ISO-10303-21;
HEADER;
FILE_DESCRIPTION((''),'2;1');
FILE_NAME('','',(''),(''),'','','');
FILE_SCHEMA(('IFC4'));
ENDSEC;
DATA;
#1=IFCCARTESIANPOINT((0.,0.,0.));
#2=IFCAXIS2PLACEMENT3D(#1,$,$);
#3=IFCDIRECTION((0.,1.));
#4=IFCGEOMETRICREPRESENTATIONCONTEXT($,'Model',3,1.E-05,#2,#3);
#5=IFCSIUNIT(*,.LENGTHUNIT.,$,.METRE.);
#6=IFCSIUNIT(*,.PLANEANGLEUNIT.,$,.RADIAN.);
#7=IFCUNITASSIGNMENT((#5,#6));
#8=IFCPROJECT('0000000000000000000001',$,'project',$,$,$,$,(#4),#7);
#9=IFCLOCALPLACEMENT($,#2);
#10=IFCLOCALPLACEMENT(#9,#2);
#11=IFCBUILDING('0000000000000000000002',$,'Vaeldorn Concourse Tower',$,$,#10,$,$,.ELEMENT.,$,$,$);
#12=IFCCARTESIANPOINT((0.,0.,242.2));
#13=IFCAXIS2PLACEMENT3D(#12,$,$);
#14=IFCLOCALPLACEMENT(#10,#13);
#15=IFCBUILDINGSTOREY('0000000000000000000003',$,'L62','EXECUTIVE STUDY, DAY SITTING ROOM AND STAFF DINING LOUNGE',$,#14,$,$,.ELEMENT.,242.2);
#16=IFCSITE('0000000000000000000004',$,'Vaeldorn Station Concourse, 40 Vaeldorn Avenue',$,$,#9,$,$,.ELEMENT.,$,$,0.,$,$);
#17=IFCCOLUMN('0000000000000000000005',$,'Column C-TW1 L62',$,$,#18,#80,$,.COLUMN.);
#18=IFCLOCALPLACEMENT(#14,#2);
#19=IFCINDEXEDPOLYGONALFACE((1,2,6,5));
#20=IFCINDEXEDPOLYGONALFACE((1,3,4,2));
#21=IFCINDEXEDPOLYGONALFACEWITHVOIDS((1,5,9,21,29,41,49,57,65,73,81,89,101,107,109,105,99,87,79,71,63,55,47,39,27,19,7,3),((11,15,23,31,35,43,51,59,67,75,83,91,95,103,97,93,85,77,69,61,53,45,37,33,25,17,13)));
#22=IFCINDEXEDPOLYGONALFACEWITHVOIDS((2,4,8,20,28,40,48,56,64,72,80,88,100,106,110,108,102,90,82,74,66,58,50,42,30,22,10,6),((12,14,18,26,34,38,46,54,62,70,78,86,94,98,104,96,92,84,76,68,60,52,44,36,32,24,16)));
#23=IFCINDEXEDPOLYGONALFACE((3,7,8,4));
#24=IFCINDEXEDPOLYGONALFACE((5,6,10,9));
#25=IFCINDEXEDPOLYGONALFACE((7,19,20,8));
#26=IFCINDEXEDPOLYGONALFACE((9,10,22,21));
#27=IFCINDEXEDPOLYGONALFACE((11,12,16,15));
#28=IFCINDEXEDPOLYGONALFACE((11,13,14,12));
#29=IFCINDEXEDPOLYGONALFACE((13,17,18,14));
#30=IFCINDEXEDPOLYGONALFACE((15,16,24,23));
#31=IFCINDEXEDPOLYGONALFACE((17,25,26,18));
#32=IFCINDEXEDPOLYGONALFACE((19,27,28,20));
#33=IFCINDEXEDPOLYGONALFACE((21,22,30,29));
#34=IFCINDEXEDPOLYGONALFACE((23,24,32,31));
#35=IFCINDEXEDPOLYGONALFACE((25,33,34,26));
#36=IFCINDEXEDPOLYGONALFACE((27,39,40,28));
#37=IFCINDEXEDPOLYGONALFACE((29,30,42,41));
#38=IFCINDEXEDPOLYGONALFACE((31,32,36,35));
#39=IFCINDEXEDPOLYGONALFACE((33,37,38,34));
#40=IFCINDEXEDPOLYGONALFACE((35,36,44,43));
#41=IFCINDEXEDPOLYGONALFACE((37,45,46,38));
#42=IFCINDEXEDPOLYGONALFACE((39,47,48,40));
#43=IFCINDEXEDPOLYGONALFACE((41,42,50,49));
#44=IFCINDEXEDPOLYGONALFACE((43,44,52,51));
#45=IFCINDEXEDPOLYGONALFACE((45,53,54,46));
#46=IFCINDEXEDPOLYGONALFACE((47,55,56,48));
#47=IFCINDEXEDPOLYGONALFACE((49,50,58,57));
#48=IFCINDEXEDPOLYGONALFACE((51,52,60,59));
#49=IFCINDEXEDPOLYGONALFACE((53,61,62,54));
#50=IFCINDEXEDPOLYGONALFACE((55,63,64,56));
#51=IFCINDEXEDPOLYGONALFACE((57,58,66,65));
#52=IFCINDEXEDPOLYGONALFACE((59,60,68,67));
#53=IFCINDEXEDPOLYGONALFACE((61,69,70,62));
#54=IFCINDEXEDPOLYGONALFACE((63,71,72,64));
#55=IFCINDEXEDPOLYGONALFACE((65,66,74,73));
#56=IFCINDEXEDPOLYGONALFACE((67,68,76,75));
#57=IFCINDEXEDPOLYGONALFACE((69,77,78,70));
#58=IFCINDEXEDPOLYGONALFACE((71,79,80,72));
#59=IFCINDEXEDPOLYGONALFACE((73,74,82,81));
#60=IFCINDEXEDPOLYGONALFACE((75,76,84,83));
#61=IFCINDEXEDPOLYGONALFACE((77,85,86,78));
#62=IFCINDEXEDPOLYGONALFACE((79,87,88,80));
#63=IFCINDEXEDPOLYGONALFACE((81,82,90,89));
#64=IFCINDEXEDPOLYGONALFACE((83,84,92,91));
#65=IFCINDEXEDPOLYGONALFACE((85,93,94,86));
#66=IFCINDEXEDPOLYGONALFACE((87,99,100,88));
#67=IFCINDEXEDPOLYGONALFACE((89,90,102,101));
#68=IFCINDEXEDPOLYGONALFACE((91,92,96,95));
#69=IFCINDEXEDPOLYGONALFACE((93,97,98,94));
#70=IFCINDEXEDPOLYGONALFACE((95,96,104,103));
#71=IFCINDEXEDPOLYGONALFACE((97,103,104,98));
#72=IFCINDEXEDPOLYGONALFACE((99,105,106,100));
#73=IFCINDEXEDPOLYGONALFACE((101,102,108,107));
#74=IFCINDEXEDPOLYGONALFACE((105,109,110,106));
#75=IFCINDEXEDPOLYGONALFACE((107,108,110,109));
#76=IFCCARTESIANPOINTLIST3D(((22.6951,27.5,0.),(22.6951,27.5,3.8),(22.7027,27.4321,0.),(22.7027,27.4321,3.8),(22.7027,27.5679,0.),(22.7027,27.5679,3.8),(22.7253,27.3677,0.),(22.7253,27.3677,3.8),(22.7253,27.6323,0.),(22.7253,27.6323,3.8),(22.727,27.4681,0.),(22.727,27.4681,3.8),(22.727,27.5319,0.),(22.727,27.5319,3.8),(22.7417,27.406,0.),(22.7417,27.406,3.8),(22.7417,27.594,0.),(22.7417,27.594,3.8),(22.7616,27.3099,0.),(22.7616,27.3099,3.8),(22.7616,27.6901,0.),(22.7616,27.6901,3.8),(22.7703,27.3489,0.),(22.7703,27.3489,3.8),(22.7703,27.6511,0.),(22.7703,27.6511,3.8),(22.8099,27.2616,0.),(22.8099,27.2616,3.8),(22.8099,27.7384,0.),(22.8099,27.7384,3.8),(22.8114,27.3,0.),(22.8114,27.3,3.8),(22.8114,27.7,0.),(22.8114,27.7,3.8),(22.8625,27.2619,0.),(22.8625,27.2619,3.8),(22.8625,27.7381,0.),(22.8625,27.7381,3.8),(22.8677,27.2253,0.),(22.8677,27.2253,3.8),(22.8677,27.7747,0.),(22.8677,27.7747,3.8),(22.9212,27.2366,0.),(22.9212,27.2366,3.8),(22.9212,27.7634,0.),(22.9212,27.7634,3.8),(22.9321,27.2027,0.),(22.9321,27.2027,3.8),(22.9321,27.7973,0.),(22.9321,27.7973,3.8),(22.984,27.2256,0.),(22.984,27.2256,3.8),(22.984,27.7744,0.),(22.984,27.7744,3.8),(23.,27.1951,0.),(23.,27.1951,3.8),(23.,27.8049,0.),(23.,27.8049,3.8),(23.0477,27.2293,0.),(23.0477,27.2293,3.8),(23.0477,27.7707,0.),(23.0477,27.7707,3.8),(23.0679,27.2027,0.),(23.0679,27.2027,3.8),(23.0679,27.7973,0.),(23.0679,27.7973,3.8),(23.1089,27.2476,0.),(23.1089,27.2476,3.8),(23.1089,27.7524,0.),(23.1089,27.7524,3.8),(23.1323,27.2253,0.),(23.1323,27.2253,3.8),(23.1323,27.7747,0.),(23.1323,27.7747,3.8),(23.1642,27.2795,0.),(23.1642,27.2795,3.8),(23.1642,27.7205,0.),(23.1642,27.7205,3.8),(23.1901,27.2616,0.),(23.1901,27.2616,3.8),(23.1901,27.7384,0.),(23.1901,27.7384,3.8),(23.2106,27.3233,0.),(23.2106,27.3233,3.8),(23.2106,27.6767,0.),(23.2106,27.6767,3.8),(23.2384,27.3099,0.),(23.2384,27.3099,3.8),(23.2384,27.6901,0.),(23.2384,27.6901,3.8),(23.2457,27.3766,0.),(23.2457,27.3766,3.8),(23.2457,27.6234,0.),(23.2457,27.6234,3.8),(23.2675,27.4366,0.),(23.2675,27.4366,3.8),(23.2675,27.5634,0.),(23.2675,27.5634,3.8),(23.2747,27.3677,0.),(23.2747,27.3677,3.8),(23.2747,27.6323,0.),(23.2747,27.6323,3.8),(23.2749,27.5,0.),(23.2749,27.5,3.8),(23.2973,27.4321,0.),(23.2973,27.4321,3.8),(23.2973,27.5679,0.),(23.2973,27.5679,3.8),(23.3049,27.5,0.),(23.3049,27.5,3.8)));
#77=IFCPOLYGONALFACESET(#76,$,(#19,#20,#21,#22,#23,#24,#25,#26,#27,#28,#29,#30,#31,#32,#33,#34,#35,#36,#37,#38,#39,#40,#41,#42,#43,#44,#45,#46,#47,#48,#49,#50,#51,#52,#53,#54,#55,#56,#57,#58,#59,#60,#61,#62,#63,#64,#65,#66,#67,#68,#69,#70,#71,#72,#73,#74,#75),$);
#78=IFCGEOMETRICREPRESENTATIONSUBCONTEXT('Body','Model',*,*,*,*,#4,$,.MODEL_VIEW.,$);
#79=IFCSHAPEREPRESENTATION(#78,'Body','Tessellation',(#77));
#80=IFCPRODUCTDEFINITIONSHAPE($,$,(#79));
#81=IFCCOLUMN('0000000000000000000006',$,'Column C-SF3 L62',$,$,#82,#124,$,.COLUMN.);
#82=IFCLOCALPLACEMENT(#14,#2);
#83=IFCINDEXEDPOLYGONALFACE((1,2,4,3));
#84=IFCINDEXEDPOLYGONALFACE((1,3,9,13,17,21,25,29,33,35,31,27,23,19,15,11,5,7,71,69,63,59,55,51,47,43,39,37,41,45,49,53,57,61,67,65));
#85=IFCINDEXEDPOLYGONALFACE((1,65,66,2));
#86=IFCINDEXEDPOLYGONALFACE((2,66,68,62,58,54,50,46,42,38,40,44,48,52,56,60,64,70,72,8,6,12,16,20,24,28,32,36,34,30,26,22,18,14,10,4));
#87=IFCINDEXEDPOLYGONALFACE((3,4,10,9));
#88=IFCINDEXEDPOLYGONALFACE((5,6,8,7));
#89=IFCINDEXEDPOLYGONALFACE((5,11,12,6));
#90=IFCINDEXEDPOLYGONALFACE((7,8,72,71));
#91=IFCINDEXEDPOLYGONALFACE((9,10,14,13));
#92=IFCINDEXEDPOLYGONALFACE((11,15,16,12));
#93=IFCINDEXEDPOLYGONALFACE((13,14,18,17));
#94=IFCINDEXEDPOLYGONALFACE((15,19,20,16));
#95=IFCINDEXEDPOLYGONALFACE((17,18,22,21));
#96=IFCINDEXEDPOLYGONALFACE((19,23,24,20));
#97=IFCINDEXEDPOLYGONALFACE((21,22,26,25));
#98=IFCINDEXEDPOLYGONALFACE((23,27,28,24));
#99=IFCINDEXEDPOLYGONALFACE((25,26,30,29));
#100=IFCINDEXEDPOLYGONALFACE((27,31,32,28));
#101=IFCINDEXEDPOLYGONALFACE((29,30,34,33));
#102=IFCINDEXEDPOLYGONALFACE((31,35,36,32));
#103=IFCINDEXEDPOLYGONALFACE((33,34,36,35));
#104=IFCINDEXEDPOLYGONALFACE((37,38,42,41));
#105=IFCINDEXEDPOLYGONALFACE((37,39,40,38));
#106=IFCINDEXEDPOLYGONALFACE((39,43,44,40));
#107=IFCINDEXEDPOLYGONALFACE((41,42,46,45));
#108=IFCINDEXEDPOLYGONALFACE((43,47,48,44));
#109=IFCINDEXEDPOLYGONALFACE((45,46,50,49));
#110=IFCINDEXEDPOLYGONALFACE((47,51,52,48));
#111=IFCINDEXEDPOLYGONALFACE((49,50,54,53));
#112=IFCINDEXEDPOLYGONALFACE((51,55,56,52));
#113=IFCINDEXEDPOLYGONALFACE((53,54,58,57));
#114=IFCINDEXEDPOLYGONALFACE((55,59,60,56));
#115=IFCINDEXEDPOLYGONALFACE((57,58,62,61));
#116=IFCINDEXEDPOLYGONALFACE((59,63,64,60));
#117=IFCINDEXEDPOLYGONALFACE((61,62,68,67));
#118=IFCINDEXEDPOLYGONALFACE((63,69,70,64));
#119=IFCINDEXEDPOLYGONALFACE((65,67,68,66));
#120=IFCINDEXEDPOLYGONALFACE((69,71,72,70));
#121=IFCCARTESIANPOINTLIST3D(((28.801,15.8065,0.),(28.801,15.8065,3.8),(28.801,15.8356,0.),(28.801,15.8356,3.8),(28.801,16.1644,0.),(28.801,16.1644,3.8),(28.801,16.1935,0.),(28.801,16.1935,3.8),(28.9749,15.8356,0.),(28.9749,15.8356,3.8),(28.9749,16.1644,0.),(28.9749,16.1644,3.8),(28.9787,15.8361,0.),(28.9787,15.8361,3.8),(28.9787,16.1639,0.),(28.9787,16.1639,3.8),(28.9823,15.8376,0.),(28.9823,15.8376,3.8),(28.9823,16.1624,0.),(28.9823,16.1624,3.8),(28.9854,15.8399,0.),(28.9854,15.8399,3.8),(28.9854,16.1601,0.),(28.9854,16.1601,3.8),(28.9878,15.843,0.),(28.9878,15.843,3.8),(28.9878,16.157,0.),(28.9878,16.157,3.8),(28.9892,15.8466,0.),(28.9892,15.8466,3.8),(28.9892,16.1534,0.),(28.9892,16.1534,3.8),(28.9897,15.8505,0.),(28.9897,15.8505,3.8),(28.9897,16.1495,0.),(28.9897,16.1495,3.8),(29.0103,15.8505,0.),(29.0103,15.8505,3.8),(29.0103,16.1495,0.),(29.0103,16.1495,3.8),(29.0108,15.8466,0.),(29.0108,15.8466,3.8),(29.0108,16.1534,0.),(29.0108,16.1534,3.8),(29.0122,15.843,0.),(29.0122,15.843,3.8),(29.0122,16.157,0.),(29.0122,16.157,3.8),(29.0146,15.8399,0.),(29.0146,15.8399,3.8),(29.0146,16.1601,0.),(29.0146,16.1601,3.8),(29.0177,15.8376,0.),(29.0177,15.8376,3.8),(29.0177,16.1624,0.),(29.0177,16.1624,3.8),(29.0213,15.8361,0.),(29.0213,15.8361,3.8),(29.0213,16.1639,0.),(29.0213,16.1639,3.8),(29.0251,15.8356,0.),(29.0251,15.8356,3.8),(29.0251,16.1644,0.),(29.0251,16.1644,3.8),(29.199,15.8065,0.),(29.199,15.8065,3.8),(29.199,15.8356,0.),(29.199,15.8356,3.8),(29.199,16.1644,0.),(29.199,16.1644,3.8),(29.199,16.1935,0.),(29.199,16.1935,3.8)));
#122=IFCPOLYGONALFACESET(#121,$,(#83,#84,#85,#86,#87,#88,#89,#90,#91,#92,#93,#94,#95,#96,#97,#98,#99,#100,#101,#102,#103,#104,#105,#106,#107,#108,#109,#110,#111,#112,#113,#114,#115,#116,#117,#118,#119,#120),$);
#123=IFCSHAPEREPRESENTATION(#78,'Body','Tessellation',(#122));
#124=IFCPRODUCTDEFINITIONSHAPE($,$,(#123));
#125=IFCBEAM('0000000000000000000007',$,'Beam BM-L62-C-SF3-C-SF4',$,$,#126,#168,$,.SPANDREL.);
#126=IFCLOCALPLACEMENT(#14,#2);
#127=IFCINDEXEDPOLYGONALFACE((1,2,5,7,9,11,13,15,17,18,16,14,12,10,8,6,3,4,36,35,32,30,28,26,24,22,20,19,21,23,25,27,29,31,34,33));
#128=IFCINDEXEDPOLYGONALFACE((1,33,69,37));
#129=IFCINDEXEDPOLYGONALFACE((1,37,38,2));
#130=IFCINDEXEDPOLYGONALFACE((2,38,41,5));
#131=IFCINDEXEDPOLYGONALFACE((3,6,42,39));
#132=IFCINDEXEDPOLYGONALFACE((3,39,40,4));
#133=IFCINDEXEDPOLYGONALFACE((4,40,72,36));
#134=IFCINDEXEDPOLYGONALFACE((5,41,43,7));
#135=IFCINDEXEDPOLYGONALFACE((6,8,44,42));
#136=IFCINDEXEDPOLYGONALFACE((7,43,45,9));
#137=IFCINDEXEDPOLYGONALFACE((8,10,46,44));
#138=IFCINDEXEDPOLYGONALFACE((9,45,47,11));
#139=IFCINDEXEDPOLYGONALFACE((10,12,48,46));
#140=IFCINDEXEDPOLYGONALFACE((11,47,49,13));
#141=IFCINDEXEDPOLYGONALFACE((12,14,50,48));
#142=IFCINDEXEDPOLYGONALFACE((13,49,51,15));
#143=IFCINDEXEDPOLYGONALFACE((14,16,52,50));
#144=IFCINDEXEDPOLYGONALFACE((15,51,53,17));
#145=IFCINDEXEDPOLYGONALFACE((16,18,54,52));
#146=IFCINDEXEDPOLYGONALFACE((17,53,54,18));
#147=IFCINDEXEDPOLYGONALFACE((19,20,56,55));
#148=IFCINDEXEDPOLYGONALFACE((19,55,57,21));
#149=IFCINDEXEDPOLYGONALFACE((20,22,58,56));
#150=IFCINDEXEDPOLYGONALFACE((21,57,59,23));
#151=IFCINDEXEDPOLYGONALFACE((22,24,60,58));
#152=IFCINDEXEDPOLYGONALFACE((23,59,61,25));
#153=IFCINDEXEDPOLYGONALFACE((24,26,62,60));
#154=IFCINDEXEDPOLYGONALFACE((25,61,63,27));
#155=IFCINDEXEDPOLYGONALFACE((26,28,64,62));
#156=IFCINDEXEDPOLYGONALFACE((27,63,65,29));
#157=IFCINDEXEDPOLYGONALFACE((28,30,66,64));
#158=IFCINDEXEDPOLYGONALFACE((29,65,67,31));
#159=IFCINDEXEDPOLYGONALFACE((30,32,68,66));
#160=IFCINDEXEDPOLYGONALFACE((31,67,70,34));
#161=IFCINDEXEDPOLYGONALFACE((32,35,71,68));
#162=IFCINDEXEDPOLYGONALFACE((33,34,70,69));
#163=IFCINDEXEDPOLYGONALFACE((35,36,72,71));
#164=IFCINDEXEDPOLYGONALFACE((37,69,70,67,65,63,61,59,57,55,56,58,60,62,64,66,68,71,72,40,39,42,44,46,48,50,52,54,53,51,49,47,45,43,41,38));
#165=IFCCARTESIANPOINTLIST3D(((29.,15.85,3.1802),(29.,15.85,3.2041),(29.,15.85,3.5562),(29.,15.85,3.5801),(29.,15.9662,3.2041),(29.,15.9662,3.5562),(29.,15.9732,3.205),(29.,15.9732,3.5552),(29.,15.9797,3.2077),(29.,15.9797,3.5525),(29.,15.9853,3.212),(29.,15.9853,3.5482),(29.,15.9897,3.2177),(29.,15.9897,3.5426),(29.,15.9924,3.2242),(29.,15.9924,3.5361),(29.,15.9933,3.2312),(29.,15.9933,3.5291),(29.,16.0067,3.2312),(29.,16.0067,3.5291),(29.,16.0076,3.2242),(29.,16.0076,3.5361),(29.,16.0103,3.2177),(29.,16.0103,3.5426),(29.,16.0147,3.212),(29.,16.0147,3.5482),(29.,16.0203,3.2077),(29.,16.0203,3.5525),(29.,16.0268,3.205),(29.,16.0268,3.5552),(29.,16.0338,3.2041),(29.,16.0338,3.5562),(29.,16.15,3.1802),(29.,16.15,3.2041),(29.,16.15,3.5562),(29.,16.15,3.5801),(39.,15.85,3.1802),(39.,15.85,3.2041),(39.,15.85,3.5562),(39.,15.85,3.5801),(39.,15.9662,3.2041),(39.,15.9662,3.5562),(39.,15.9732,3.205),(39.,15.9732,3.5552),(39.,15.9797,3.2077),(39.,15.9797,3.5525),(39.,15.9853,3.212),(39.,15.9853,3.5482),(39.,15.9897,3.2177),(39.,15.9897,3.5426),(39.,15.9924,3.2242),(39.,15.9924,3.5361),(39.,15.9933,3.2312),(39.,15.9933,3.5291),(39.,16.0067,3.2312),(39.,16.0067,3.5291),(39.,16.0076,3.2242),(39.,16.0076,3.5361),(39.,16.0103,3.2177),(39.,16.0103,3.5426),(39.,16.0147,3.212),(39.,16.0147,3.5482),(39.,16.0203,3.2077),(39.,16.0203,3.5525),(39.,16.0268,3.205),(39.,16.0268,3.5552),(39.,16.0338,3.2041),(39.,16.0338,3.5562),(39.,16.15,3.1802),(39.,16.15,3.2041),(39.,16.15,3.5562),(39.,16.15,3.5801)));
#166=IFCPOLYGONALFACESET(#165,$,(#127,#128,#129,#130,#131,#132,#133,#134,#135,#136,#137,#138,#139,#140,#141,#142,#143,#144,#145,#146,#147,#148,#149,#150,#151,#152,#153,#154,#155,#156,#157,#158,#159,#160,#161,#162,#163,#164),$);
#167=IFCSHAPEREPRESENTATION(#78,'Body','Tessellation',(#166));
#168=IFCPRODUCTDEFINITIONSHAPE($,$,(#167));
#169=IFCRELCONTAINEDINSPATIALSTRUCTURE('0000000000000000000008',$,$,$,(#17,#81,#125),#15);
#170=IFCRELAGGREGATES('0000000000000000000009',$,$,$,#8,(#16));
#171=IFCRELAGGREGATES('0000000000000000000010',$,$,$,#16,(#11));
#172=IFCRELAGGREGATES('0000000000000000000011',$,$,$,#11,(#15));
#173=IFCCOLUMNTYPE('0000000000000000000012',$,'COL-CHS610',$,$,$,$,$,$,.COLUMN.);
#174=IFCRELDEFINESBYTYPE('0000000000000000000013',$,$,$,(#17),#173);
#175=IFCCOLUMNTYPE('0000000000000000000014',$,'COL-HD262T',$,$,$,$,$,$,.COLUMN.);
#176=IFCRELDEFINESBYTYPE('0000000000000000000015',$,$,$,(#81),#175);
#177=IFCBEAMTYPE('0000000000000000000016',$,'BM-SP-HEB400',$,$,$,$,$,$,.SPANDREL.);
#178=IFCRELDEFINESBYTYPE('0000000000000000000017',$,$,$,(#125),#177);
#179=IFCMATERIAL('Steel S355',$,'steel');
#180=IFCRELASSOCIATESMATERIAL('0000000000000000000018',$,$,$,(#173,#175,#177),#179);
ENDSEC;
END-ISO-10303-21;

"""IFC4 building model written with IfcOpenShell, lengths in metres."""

from ifc_helpers import new_model, si_unit, direction, frame, origin, origin_2d, place, context, subcontext, project, spatial, hollow_circle, i_section, extrude, source, transform, mapped, material, material_profile, profile_set, type_object, element, save


model = new_model("IFC4")

# Units and contexts
model_context = context("Model", 3, precision=1e-05, world=origin(), true_north=direction((0.0, 1.0)))
body_context = subcontext(model_context, "Body", "Model", "MODEL_VIEW")
ifc_project = project(units=[si_unit("LENGTHUNIT", "METRE"), si_unit("PLANEANGLEUNIT", "RADIAN")], contexts=[model_context])

# Site, building, storey
site_placement = place(None, origin())
site = spatial("IfcSite", under=ifc_project, at=site_placement, Name="Vaeldorn Station Concourse, 40 Vaeldorn Avenue", CompositionType="ELEMENT", RefElevation=0.0)
building_placement = place(site_placement, origin())
building = spatial("IfcBuilding", under=site, at=building_placement, Name="Vaeldorn Concourse Tower", CompositionType="ELEMENT")
storey_placement = place(building_placement, frame((0.0, 0.0, 242.2)))
storey = spatial("IfcBuildingStorey", under=building, at=storey_placement, Name="L62", Description="EXECUTIVE STUDY, DAY SITTING ROOM AND STAFF DINING LOUNGE", CompositionType="ELEMENT", Elevation=242.2)

# Columns
ifc_material_1 = material(Name="Steel S355", Category="steel")
ifc_material_profile_1 = material_profile(ifc_material_1, hollow_circle(Radius=0.3049, WallThickness=0.03, at=origin_2d()), Name="CHS 610x30")
ifc_profile_set_1 = profile_set([ifc_material_profile_1], Name="Steel S355")
column_type_1 = type_object("IfcColumnType", Name="COL-CHS610", PredefinedType="COLUMN", material=ifc_profile_set_1)
shared_shape_1 = source(origin(), body_context, "Body", "SweptSolid", [
    extrude(hollow_circle(Radius=0.3049, WallThickness=0.03, at=origin_2d()), origin(), (0.0, 0.0, 1.0), 3.8),
])
column_1_placement = place(storey_placement, frame((23.0, 27.5, 0.0), z_axis=(0.0, 0.0, 1.0), x_axis=(1.0, 0.0, 0.0)))
element("IfcColumn", 1, at=column_1_placement, inside=storey, type_object=column_type_1, Name="Column C-TW1 L62", PredefinedType="COLUMN", context=body_context, shape_type="MappedRepresentation", body=[
    mapped(shared_shape_1, transform((0.0, 0.0, 0.0), scale=1.0)),
])
ifc_material_profile_2 = material_profile(ifc_material_1, i_section(OverallWidth=0.3979, OverallDepth=0.387, WebThickness=0.0205, FlangeThickness=0.0291, FilletRadius=0.0149, at=origin_2d()), Name="HD 400x262")
ifc_profile_set_2 = profile_set([ifc_material_profile_2], Name="Steel S355")
column_type_2 = type_object("IfcColumnType", Name="COL-HD262T", PredefinedType="COLUMN", material=ifc_profile_set_2)
shared_shape_2 = source(origin(), body_context, "Body", "SweptSolid", [
    extrude(i_section(OverallWidth=0.3979, OverallDepth=0.387, WebThickness=0.0205, FlangeThickness=0.0291, FilletRadius=0.0149, at=origin_2d()), origin(), (0.0, 0.0, 1.0), 3.8),
])
column_2_placement = place(storey_placement, frame((29.0, 16.0, 0.0), z_axis=(0.0, 0.0, 1.0), x_axis=(1.0, 0.0, 0.0)))
element("IfcColumn", 2, at=column_2_placement, inside=storey, type_object=column_type_2, Name="Column C-SF3 L62", PredefinedType="COLUMN", context=body_context, shape_type="MappedRepresentation", body=[
    mapped(shared_shape_2, transform((0.0, 0.0, 0.0), scale=1.0)),
])

# Beam
ifc_material_profile_3 = material_profile(ifc_material_1, i_section(OverallWidth=0.3, OverallDepth=0.3999, WebThickness=0.0134, FlangeThickness=0.0239, FilletRadius=0.0271, at=origin_2d()), Name="HEB 400")
ifc_profile_set_3 = profile_set([ifc_material_profile_3], Name="Steel S355")
beam_type_1 = type_object("IfcBeamType", Name="BM-SP-HEB400", PredefinedType="SPANDREL", material=ifc_profile_set_3)
shared_shape_3 = source(origin(), body_context, "Body", "SweptSolid", [
    extrude(i_section(OverallWidth=0.3, OverallDepth=0.3999, WebThickness=0.0134, FlangeThickness=0.0239, FilletRadius=0.0271, at=origin_2d()), origin(), (0.0, 0.0, 1.0), 10.0),
])
beam_1_placement = place(storey_placement, frame((29.0, 16.0, 3.3801), z_axis=(1.0, 0.0, 0.0), x_axis=(0.0, 1.0, 0.0)))
element("IfcBeam", 3, at=beam_1_placement, inside=storey, type_object=beam_type_1, Name="Beam BM-L62-C-SF3-C-SF4", PredefinedType="SPANDREL", context=body_context, shape_type="MappedRepresentation", body=[
    mapped(shared_shape_3, transform((0.0, 0.0, 0.0), scale=1.0)),
])

save(model, "model.ifc")
